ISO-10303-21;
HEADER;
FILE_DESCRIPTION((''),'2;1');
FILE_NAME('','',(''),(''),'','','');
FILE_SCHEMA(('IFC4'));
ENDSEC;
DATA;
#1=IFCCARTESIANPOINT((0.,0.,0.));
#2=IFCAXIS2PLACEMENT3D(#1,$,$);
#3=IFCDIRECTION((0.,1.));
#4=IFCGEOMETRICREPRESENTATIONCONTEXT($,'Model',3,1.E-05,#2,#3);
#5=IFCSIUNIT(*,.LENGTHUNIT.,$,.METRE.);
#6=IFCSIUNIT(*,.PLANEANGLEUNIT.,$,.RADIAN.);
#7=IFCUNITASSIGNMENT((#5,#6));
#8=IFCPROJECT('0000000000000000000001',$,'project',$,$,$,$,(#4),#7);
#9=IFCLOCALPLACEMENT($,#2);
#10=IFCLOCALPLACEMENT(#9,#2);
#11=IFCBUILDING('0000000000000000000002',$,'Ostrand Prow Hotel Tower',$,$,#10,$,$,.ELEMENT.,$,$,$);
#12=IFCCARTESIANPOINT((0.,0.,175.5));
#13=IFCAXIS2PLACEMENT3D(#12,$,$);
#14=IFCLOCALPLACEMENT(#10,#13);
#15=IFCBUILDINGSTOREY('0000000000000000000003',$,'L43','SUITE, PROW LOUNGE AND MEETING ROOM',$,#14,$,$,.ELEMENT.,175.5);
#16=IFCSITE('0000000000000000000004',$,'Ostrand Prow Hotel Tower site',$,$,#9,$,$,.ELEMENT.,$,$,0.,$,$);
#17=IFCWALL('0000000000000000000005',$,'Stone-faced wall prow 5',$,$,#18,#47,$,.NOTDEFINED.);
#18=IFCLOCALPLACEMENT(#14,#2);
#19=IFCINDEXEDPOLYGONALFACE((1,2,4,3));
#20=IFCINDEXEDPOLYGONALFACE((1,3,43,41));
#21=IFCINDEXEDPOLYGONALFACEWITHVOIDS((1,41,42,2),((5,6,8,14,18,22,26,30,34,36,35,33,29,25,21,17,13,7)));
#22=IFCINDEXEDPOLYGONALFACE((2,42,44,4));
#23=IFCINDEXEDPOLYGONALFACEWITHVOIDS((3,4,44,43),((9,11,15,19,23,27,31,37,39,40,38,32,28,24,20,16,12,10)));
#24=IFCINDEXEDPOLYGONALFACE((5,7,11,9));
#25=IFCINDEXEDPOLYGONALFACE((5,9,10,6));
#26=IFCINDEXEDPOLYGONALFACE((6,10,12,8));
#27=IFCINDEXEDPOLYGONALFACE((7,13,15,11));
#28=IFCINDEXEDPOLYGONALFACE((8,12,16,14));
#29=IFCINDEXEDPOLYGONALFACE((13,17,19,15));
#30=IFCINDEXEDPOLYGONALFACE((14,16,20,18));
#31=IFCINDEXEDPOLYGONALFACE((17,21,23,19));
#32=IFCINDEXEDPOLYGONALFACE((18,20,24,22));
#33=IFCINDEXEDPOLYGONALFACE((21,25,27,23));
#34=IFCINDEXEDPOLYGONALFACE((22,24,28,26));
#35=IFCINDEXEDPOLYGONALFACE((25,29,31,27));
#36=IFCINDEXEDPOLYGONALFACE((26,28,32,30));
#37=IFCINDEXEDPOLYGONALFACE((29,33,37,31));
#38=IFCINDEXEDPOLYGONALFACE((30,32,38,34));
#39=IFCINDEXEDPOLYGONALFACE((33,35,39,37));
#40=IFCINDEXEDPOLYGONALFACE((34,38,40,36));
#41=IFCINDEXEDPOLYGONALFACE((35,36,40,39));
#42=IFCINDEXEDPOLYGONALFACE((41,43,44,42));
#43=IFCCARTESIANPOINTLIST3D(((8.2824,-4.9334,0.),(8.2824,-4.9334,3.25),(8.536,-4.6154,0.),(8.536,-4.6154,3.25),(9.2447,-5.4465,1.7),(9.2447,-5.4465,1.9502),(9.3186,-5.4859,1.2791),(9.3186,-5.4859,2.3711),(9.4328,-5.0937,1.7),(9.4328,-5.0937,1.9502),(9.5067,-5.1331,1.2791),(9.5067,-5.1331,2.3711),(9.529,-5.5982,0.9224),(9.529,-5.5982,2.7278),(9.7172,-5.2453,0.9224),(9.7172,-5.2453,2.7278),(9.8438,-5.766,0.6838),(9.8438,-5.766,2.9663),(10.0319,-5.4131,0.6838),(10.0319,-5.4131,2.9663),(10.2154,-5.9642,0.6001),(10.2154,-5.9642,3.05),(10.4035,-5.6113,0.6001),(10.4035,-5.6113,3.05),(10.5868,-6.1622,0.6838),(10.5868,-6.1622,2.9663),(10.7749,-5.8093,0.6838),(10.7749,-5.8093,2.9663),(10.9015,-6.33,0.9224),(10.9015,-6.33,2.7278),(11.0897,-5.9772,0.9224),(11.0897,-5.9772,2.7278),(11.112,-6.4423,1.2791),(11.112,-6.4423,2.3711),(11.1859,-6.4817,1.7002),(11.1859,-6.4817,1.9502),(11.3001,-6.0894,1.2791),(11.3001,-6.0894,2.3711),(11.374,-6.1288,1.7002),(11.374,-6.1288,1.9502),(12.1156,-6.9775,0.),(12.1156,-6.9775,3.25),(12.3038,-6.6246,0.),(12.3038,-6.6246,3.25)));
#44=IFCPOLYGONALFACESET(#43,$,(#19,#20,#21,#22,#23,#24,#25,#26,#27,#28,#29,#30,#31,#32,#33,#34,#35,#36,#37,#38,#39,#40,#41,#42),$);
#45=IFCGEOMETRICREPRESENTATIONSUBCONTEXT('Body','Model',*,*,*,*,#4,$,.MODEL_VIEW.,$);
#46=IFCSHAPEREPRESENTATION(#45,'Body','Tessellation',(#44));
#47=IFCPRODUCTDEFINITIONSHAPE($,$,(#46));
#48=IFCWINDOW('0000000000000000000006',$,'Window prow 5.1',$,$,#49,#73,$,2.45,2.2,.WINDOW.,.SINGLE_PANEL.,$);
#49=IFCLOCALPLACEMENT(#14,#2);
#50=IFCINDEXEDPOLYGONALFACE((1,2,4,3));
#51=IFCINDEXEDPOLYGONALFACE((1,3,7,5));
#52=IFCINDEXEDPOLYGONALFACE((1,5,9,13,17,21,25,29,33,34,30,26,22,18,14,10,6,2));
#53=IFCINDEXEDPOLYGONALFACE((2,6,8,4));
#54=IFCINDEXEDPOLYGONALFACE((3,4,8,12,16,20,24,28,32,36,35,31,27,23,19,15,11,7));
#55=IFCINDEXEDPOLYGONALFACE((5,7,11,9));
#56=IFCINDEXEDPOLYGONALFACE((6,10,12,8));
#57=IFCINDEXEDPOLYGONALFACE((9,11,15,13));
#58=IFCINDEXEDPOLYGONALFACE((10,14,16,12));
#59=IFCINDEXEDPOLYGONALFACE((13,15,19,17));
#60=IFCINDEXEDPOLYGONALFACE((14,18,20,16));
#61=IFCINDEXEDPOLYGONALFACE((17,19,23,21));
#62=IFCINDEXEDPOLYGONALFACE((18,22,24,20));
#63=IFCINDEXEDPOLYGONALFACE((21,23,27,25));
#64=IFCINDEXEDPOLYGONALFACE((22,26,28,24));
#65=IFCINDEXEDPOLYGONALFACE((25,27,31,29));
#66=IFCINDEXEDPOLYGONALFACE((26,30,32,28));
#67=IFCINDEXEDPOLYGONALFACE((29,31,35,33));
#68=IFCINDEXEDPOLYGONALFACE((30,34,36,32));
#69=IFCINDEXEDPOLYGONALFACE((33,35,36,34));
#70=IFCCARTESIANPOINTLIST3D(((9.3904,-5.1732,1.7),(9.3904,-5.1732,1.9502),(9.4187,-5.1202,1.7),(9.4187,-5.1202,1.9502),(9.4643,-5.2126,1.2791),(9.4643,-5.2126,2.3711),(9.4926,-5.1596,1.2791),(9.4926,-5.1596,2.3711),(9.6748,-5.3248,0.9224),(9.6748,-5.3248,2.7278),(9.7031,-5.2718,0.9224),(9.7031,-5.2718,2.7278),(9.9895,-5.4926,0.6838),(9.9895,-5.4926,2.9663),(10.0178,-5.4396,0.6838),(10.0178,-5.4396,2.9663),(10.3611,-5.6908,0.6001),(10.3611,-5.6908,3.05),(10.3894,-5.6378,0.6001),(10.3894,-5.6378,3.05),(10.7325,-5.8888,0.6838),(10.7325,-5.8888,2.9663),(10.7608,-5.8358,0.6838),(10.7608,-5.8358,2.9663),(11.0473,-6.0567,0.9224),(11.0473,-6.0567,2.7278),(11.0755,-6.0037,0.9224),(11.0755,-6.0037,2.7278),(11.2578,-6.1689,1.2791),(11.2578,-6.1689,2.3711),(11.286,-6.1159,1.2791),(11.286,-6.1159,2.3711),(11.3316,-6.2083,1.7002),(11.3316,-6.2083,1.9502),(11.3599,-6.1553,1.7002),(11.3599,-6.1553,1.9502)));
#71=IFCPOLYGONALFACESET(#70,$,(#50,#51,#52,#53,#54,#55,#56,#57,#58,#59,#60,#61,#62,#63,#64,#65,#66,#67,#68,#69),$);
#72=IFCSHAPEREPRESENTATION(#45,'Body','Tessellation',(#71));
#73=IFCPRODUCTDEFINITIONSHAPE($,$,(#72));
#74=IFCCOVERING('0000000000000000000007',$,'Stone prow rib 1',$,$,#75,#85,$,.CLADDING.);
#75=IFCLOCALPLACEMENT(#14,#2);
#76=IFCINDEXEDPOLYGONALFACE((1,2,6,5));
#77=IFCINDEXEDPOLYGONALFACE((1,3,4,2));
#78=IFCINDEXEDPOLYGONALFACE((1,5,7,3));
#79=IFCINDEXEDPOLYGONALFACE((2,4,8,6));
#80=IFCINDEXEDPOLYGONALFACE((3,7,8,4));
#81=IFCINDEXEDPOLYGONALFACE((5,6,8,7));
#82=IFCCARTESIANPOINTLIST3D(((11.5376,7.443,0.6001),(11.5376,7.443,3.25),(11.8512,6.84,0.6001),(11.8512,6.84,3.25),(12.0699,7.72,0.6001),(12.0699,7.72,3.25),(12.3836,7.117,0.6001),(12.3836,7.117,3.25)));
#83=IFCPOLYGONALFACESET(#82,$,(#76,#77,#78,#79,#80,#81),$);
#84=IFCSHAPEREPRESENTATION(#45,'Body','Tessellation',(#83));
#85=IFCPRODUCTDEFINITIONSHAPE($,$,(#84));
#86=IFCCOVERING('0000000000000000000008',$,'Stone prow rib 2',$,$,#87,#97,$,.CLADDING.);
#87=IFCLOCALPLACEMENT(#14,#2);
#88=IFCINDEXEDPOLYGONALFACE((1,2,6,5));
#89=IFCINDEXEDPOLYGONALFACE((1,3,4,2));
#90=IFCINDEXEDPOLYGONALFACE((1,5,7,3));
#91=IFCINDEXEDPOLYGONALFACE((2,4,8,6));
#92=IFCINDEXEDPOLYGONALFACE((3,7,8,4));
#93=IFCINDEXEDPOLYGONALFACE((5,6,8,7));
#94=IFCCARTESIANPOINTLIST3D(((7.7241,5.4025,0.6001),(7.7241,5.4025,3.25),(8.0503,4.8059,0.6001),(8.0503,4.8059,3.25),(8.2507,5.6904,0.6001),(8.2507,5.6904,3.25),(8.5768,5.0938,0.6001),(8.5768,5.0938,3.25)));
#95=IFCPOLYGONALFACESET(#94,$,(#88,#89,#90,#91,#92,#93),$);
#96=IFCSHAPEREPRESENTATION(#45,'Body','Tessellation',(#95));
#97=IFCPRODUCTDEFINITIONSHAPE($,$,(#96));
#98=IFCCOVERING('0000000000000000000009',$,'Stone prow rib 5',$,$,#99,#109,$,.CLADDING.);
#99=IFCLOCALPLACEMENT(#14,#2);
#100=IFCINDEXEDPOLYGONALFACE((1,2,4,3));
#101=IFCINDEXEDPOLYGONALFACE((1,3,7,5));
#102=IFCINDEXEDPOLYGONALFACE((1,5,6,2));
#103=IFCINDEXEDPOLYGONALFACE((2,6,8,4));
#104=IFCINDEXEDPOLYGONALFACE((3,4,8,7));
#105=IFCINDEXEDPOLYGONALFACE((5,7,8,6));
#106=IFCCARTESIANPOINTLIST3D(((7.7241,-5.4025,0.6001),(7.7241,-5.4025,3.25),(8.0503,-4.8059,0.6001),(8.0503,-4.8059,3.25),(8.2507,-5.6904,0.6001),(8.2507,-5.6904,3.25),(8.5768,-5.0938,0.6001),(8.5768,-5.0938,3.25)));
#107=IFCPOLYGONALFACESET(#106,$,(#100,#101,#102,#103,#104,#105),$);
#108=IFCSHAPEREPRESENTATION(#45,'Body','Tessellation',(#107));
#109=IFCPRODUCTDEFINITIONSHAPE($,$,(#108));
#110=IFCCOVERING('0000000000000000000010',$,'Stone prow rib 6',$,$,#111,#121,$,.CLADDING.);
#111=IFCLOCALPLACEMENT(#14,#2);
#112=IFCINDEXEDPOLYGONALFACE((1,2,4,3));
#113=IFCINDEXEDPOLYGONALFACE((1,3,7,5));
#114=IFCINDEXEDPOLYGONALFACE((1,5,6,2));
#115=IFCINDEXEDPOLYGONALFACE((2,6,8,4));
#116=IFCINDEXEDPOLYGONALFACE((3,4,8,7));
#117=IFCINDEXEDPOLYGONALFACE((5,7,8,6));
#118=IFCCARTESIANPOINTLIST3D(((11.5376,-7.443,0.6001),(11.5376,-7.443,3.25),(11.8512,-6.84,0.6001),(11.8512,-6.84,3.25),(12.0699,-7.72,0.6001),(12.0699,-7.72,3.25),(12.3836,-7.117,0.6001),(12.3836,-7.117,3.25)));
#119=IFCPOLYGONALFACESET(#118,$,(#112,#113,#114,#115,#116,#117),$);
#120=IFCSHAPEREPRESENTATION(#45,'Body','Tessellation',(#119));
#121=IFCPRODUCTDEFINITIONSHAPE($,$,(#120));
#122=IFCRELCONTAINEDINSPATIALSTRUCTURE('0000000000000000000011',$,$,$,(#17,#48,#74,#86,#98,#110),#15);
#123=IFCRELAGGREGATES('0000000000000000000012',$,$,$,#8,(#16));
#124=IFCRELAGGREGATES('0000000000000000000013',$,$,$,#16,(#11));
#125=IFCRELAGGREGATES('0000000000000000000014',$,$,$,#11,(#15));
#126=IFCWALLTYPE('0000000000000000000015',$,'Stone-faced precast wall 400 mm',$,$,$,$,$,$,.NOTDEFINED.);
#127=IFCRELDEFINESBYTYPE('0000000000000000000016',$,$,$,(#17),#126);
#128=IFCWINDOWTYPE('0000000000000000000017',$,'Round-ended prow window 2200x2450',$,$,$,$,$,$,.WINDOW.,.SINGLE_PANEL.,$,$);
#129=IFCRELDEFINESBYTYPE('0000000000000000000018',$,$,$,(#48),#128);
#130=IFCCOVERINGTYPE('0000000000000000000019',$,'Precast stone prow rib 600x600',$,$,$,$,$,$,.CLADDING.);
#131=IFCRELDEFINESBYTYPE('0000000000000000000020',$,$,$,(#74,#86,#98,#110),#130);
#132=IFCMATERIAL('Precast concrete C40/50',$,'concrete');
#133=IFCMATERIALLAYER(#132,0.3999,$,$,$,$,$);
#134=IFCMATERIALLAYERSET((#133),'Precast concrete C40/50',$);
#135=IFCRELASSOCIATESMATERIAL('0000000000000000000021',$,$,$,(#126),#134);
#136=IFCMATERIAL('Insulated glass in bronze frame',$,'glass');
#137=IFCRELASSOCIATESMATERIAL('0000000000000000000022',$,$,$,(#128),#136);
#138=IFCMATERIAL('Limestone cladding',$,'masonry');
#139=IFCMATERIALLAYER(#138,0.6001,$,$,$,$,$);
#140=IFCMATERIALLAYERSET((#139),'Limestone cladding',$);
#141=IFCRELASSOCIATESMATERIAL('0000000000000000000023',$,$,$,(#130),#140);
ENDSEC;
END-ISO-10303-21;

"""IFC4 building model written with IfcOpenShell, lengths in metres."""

from ifc_helpers import new_model, si_unit, direction, frame, frame_2d, origin, place, context, subcontext, project, spatial, polyline, rectangle, outline, extrude, material, layer, layer_set, type_object, element, fill, save


model = new_model("IFC4")

# Units and contexts
model_context = context("Model", 3, precision=1e-05, world=origin(), true_north=direction((0.0, 1.0)))
body_context = subcontext(model_context, "Body", "Model", "MODEL_VIEW")
ifc_project = project(units=[si_unit("LENGTHUNIT", "METRE"), si_unit("PLANEANGLEUNIT", "RADIAN")], contexts=[model_context])

# Site, building, storey
site_placement = place(None, origin())
site = spatial("IfcSite", under=ifc_project, at=site_placement, Name="Ostrand Prow Hotel Tower site", CompositionType="ELEMENT", RefElevation=0.0)
building_placement = place(site_placement, origin())
building = spatial("IfcBuilding", under=site, at=building_placement, Name="Ostrand Prow Hotel Tower", CompositionType="ELEMENT")
storey_placement = place(building_placement, frame((0.0, 0.0, 175.5)))
storey = spatial("IfcBuildingStorey", under=building, at=storey_placement, Name="L43", Description="SUITE, PROW LOUNGE AND MEETING ROOM", CompositionType="ELEMENT", Elevation=175.5)

# Wall, opening, window
ifc_material_1 = material(Name="Precast concrete C40/50", Category="concrete")
ifc_layer_1 = layer(ifc_material_1, 0.3999)
ifc_layer_set_1 = layer_set([ifc_layer_1], Name="Precast concrete C40/50")
wall_type = type_object("IfcWallType", Name="Stone-faced precast wall 400 mm", PredefinedType="NOTDEFINED", material=ifc_layer_set_1)
ifc_material_2 = material(Name="Insulated glass in bronze frame", Category="glass")
window_type = type_object("IfcWindowType", Name="Round-ended prow window 2200x2450", PartitioningType="SINGLE_PANEL", PredefinedType="WINDOW", material=ifc_material_2)
wall_1_placement = place(storey_placement, frame((8.4092, -4.7744, 0.0), z_axis=(0.0, 0.0, 1.0), x_axis=(0.882386, -0.470526, 0.0)))
wall_1 = element("IfcWall", 1, at=wall_1_placement, inside=storey, type_object=wall_type, Name="Stone-faced wall prow 5", PredefinedType="NOTDEFINED", context=body_context, shape_type="SweptSolid", body=[
    extrude(outline(polyline([(-0.0371, -0.2), (4.3071, -0.2), (4.3071, 0.2), (0.0371, 0.2), (-0.0371, -0.2)])), origin(), (0.0, 0.0, 1.0), 3.25),
])
opening_1_placement = place(wall_1_placement, frame((1.0535, 0.0, 0.6001)))
opening_1 = element("IfcOpeningElement", 2, at=opening_1_placement, cuts=wall_1, PredefinedType="OPENING", context=body_context, shape_type="SweptSolid", body=[
    extrude(outline(polyline([(0.0, 1.3501), (0.0837, 1.771), (0.3223, 2.1277), (0.679, 2.3662), (1.1001, 2.45), (1.521, 2.3662), (1.8777, 2.1277), (2.1162, 1.771), (2.2, 1.3501), (2.2, 1.1001), (2.1162, 0.679), (1.8777, 0.3223), (1.521, 0.0837), (1.1001, 0.0), (0.679, 0.0837), (0.3223, 0.3223), (0.0837, 0.679), (0.0, 1.0999), (0.0, 1.3501)])), frame((0.0, 0.21, 0.0), z_axis=(0.0, -1.0, 0.0), x_axis=(1.0, 0.0, 0.0)), (0.0, 0.0, 1.0), 0.4199),
])
window_1_placement = place(opening_1_placement, origin())
window_1 = element("IfcWindow", 3, at=window_1_placement, inside=storey, type_object=window_type, Name="Window prow 5.1", OverallHeight=2.45, OverallWidth=2.2, PartitioningType="SINGLE_PANEL", PredefinedType="WINDOW", context=body_context, shape_type="SweptSolid", body=[
    extrude(outline(polyline([(0.0, 1.3501), (0.0837, 1.771), (0.3223, 2.1277), (0.679, 2.3662), (1.1001, 2.45), (1.521, 2.3662), (1.8777, 2.1277), (2.1162, 1.771), (2.2, 1.3501), (2.2, 1.1001), (2.1162, 0.679), (1.8777, 0.3223), (1.521, 0.0837), (1.1001, 0.0), (0.679, 0.0837), (0.3223, 0.3223), (0.0837, 0.679), (0.0, 1.0999), (0.0, 1.3501)])), frame((0.0, 0.1699, 0.0), z_axis=(0.0, -1.0, 0.0), x_axis=(1.0, 0.0, 0.0)), (0.0, 0.0, 1.0), 0.0601),
])
fill(opening_1, window_1)

# Coverings
ifc_material_3 = material(Name="Limestone cladding", Category="masonry")
ifc_layer_2 = layer(ifc_material_3, 0.6001)
ifc_layer_set_2 = layer_set([ifc_layer_2], Name="Limestone cladding")
covering_type = type_object("IfcCoveringType", Name="Precast stone prow rib 600x600", PredefinedType="CLADDING", material=ifc_layer_set_2)
covering_1_placement = place(storey_placement, frame((12.1174, 6.9785, 0.6001), z_axis=(0.0, 0.0, 1.0), x_axis=(-0.461522, 0.887129, 0.0)))
element("IfcCovering", 4, at=covering_1_placement, inside=storey, type_object=covering_type, Name="Stone prow rib 1", PredefinedType="CLADDING", context=body_context, shape_type="SweptSolid", body=[
    extrude(rectangle(XDim=0.6797, YDim=0.6001, at=frame_2d((0.3398, 0.0))), origin(), (0.0, 0.0, 1.0), 2.6499),
])
for number, where, z_axis, x_axis, name in (
    (5, (8.3135, 4.95, 0.6001), (0.0, 0.0, 1.0), (-0.479657, 0.877456, 0.0), "Stone prow rib 2"),
    (6, (8.3135, -4.95, 0.6001), (0.0, 0.0, 1.0), (-0.479657, -0.877456, 0.0), "Stone prow rib 5"),
):
    element("IfcCovering", number, at=place(storey_placement, frame(where, z_axis=z_axis, x_axis=x_axis)), inside=storey, type_object=covering_type, Name=name, PredefinedType="CLADDING", context=body_context, shape_type="SweptSolid", body=[
        extrude(rectangle(XDim=0.6799, YDim=0.6001, at=frame_2d((0.3398, 0.0))), origin(), (0.0, 0.0, 1.0), 2.6499),
    ])
covering_2_placement = place(storey_placement, frame((12.1174, -6.9785, 0.6001), z_axis=(0.0, 0.0, 1.0), x_axis=(-0.461522, -0.887129, 0.0)))
element("IfcCovering", 7, at=covering_2_placement, inside=storey, type_object=covering_type, Name="Stone prow rib 6", PredefinedType="CLADDING", context=body_context, shape_type="SweptSolid", body=[
    extrude(rectangle(XDim=0.6797, YDim=0.6001, at=frame_2d((0.3398, 0.0))), origin(), (0.0, 0.0, 1.0), 2.6499),
])

save(model, "model.ifc")
